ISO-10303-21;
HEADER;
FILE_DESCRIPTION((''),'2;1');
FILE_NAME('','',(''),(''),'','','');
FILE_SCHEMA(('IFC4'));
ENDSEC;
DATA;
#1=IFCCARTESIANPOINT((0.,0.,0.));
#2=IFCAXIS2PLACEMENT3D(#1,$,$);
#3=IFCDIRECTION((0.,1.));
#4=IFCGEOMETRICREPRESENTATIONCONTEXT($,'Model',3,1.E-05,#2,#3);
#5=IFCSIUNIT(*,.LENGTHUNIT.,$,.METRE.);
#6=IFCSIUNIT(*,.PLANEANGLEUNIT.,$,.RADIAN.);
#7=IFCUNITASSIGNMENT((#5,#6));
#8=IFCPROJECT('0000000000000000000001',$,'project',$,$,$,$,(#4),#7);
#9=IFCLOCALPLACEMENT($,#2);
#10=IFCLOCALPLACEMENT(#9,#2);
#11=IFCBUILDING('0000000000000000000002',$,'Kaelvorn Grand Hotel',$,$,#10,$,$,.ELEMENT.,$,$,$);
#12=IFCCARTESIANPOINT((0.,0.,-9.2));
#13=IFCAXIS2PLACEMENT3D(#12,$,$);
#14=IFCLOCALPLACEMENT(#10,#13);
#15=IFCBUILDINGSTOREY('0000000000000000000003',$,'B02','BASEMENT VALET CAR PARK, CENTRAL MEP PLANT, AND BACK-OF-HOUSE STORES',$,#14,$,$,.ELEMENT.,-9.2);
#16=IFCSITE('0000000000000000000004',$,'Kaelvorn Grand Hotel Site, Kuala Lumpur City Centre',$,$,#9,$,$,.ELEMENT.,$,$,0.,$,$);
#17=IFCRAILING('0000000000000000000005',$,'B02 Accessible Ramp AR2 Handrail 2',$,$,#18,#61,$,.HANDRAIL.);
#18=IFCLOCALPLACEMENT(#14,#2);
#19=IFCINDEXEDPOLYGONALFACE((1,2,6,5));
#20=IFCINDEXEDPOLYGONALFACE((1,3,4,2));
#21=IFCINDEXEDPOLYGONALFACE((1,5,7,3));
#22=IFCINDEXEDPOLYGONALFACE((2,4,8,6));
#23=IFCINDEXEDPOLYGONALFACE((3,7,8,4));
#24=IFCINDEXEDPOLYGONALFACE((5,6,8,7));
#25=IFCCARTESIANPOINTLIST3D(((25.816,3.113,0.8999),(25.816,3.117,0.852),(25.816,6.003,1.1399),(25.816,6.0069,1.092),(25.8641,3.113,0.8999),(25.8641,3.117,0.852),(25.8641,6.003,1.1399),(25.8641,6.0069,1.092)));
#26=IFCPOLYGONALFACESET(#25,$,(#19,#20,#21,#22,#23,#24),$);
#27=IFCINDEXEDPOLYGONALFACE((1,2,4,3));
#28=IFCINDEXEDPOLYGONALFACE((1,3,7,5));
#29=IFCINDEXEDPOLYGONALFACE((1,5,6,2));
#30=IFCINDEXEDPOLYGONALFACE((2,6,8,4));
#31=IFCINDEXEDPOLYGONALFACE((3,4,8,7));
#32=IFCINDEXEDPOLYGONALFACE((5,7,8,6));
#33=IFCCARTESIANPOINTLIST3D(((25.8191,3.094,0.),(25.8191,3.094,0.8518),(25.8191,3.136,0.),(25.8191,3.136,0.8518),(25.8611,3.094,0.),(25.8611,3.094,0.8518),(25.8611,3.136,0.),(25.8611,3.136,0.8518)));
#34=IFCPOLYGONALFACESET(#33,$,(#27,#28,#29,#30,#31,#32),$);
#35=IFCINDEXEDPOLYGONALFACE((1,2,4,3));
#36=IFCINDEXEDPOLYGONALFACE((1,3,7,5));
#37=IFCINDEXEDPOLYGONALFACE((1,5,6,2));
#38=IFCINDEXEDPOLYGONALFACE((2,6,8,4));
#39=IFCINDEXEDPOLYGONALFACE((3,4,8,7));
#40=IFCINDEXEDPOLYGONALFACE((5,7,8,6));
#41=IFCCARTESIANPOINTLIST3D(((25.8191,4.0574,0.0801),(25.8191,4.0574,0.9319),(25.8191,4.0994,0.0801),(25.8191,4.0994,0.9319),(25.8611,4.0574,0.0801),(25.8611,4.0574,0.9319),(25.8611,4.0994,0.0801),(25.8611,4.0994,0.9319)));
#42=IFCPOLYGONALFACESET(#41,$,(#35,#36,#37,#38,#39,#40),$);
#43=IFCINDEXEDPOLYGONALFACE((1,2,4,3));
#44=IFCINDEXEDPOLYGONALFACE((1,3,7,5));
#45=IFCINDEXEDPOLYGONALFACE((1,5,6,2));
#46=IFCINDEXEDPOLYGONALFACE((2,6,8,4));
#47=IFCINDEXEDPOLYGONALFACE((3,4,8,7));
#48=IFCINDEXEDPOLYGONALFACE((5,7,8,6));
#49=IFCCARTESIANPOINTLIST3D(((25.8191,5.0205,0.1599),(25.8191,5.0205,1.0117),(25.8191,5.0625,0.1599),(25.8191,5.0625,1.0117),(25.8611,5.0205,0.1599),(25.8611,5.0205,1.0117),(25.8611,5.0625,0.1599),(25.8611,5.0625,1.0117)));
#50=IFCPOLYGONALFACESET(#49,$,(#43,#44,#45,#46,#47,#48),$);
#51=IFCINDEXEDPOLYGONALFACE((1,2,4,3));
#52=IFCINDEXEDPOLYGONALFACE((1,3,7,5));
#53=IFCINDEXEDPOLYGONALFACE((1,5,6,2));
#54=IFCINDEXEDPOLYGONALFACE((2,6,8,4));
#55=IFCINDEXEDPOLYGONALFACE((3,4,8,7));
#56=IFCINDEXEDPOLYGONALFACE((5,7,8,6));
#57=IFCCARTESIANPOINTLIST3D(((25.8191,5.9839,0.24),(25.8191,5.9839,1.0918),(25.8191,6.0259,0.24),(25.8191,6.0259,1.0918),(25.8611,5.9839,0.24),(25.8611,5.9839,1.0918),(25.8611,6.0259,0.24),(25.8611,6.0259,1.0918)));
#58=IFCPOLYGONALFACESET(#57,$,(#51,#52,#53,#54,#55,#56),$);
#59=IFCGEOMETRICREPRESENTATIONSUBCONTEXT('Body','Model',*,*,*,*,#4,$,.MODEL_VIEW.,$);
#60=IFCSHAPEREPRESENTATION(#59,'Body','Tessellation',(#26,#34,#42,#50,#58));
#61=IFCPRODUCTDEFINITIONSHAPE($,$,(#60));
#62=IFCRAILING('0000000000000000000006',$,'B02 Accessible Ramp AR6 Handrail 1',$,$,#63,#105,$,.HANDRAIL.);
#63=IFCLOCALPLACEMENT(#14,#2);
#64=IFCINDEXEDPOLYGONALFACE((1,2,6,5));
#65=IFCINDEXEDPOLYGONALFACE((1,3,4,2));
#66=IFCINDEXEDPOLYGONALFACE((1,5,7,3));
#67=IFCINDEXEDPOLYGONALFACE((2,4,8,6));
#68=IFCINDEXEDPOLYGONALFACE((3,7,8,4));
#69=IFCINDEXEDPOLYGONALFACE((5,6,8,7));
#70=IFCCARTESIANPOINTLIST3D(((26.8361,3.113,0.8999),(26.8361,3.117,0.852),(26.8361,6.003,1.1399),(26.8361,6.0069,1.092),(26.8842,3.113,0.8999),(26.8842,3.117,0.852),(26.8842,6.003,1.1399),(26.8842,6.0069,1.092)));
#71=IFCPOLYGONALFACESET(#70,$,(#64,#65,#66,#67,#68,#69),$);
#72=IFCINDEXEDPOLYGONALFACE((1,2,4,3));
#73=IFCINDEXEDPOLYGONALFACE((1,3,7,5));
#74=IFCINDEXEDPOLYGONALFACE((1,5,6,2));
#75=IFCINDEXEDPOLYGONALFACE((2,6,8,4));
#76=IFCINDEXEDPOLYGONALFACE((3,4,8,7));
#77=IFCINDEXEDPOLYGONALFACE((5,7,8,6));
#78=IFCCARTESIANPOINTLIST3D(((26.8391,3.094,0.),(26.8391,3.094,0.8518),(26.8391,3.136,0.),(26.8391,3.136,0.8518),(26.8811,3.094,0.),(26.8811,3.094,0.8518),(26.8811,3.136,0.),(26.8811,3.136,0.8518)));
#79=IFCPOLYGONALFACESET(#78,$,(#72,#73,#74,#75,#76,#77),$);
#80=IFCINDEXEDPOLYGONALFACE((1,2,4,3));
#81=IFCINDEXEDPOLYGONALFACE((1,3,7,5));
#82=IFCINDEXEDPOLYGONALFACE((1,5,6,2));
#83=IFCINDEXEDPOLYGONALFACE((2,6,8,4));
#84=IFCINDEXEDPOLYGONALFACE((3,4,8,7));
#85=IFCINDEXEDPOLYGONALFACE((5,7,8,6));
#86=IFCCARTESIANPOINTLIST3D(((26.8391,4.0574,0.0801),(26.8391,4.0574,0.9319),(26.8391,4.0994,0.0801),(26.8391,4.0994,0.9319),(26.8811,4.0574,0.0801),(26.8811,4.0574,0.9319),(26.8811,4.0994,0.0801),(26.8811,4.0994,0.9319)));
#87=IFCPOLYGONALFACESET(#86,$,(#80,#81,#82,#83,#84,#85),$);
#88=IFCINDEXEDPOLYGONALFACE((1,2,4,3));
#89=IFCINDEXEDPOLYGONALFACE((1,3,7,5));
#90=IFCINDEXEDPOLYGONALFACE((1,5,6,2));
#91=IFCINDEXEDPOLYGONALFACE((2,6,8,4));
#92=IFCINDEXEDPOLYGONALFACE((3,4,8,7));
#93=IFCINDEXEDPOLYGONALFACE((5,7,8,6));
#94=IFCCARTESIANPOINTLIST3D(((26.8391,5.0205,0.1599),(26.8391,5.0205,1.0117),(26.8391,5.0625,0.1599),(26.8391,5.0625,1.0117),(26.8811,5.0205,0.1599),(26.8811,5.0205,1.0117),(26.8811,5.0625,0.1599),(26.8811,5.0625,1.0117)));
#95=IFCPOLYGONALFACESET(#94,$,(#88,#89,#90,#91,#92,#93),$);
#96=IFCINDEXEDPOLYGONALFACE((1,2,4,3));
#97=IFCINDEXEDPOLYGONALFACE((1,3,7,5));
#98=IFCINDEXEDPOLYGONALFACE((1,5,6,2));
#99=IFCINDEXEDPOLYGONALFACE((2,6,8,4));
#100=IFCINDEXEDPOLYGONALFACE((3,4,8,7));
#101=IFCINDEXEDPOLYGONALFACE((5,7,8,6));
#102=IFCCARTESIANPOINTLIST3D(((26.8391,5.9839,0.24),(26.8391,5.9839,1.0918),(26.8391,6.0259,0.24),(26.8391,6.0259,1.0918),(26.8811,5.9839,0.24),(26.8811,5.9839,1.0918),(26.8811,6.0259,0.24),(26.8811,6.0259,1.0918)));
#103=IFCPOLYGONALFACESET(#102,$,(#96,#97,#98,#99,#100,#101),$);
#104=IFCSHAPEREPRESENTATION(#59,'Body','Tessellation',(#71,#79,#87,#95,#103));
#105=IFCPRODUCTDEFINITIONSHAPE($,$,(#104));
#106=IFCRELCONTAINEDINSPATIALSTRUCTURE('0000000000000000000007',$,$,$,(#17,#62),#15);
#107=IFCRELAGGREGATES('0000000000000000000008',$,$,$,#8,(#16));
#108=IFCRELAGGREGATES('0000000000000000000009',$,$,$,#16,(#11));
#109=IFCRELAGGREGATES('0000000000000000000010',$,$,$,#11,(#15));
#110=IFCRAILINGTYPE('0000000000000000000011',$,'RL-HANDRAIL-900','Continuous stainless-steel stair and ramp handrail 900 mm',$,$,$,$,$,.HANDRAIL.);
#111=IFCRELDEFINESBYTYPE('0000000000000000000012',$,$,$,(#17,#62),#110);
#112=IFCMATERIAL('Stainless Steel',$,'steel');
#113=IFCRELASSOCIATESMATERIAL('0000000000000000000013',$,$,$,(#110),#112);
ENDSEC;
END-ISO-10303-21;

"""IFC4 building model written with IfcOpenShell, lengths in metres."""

from ifc_helpers import new_model, si_unit, direction, frame, origin, origin_2d, place, context, subcontext, project, spatial, rectangle, extrude, material, type_object, element, save


model = new_model("IFC4")

# Units and contexts
model_context = context("Model", 3, precision=1e-05, world=origin(), true_north=direction((0.0, 1.0)))
body_context = subcontext(model_context, "Body", "Model", "MODEL_VIEW")
ifc_project = project(units=[si_unit("LENGTHUNIT", "METRE"), si_unit("PLANEANGLEUNIT", "RADIAN")], contexts=[model_context])

# Site, building, storey
site_placement = place(None, origin())
site = spatial("IfcSite", under=ifc_project, at=site_placement, Name="Kaelvorn Grand Hotel Site, Kuala Lumpur City Centre", CompositionType="ELEMENT", RefElevation=0.0)
building_placement = place(site_placement, origin())
building = spatial("IfcBuilding", under=site, at=building_placement, Name="Kaelvorn Grand Hotel", CompositionType="ELEMENT")
storey_placement = place(building_placement, frame((0.0, 0.0, -9.2)))
storey = spatial("IfcBuildingStorey", under=building, at=storey_placement, Name="B02", Description="BASEMENT VALET CAR PARK, CENTRAL MEP PLANT, AND BACK-OF-HOUSE STORES", CompositionType="ELEMENT", Elevation=-9.2)

# Railings
ifc_material_1 = material(Name="Stainless Steel", Category="steel")
railing_type = type_object("IfcRailingType", Name="RL-HANDRAIL-900", Description="Continuous stainless-steel stair and ramp handrail 900 mm", PredefinedType="HANDRAIL", material=ifc_material_1)
for number, where, name in (
    (1, (25.8401, 3.115, 0.0), "B02 Accessible Ramp AR2 Handrail 2"),
    (2, (26.8601, 3.115, 0.0), "B02 Accessible Ramp AR6 Handrail 1"),
):
    element("IfcRailing", number, at=place(storey_placement, frame(where)), inside=storey, type_object=railing_type, Name=name, PredefinedType="HANDRAIL", context=body_context, shape_type="SweptSolid", body=[
        extrude(rectangle(XDim=0.0481, YDim=0.0481, at=origin_2d()), frame((0.0, 0.0, 0.876), z_axis=(0.0, 0.99657, 0.08276), x_axis=(-1.0, 0.0, 0.0)), (0.0, 0.0, 1.0), 2.8999),
        extrude(rectangle(XDim=0.042, YDim=0.042, at=origin_2d()), origin(), (0.0, 0.0, 1.0), 0.8518),
        extrude(rectangle(XDim=0.042, YDim=0.042, at=origin_2d()), frame((0.0, 0.9634, 0.0801)), (0.0, 0.0, 1.0), 0.8518),
        extrude(rectangle(XDim=0.042, YDim=0.042, at=origin_2d()), frame((0.0, 1.9265, 0.1599)), (0.0, 0.0, 1.0), 0.8518),
        extrude(rectangle(XDim=0.042, YDim=0.042, at=origin_2d()), frame((0.0, 2.8899, 0.24)), (0.0, 0.0, 1.0), 0.8518),
    ])

save(model, "model.ifc")
